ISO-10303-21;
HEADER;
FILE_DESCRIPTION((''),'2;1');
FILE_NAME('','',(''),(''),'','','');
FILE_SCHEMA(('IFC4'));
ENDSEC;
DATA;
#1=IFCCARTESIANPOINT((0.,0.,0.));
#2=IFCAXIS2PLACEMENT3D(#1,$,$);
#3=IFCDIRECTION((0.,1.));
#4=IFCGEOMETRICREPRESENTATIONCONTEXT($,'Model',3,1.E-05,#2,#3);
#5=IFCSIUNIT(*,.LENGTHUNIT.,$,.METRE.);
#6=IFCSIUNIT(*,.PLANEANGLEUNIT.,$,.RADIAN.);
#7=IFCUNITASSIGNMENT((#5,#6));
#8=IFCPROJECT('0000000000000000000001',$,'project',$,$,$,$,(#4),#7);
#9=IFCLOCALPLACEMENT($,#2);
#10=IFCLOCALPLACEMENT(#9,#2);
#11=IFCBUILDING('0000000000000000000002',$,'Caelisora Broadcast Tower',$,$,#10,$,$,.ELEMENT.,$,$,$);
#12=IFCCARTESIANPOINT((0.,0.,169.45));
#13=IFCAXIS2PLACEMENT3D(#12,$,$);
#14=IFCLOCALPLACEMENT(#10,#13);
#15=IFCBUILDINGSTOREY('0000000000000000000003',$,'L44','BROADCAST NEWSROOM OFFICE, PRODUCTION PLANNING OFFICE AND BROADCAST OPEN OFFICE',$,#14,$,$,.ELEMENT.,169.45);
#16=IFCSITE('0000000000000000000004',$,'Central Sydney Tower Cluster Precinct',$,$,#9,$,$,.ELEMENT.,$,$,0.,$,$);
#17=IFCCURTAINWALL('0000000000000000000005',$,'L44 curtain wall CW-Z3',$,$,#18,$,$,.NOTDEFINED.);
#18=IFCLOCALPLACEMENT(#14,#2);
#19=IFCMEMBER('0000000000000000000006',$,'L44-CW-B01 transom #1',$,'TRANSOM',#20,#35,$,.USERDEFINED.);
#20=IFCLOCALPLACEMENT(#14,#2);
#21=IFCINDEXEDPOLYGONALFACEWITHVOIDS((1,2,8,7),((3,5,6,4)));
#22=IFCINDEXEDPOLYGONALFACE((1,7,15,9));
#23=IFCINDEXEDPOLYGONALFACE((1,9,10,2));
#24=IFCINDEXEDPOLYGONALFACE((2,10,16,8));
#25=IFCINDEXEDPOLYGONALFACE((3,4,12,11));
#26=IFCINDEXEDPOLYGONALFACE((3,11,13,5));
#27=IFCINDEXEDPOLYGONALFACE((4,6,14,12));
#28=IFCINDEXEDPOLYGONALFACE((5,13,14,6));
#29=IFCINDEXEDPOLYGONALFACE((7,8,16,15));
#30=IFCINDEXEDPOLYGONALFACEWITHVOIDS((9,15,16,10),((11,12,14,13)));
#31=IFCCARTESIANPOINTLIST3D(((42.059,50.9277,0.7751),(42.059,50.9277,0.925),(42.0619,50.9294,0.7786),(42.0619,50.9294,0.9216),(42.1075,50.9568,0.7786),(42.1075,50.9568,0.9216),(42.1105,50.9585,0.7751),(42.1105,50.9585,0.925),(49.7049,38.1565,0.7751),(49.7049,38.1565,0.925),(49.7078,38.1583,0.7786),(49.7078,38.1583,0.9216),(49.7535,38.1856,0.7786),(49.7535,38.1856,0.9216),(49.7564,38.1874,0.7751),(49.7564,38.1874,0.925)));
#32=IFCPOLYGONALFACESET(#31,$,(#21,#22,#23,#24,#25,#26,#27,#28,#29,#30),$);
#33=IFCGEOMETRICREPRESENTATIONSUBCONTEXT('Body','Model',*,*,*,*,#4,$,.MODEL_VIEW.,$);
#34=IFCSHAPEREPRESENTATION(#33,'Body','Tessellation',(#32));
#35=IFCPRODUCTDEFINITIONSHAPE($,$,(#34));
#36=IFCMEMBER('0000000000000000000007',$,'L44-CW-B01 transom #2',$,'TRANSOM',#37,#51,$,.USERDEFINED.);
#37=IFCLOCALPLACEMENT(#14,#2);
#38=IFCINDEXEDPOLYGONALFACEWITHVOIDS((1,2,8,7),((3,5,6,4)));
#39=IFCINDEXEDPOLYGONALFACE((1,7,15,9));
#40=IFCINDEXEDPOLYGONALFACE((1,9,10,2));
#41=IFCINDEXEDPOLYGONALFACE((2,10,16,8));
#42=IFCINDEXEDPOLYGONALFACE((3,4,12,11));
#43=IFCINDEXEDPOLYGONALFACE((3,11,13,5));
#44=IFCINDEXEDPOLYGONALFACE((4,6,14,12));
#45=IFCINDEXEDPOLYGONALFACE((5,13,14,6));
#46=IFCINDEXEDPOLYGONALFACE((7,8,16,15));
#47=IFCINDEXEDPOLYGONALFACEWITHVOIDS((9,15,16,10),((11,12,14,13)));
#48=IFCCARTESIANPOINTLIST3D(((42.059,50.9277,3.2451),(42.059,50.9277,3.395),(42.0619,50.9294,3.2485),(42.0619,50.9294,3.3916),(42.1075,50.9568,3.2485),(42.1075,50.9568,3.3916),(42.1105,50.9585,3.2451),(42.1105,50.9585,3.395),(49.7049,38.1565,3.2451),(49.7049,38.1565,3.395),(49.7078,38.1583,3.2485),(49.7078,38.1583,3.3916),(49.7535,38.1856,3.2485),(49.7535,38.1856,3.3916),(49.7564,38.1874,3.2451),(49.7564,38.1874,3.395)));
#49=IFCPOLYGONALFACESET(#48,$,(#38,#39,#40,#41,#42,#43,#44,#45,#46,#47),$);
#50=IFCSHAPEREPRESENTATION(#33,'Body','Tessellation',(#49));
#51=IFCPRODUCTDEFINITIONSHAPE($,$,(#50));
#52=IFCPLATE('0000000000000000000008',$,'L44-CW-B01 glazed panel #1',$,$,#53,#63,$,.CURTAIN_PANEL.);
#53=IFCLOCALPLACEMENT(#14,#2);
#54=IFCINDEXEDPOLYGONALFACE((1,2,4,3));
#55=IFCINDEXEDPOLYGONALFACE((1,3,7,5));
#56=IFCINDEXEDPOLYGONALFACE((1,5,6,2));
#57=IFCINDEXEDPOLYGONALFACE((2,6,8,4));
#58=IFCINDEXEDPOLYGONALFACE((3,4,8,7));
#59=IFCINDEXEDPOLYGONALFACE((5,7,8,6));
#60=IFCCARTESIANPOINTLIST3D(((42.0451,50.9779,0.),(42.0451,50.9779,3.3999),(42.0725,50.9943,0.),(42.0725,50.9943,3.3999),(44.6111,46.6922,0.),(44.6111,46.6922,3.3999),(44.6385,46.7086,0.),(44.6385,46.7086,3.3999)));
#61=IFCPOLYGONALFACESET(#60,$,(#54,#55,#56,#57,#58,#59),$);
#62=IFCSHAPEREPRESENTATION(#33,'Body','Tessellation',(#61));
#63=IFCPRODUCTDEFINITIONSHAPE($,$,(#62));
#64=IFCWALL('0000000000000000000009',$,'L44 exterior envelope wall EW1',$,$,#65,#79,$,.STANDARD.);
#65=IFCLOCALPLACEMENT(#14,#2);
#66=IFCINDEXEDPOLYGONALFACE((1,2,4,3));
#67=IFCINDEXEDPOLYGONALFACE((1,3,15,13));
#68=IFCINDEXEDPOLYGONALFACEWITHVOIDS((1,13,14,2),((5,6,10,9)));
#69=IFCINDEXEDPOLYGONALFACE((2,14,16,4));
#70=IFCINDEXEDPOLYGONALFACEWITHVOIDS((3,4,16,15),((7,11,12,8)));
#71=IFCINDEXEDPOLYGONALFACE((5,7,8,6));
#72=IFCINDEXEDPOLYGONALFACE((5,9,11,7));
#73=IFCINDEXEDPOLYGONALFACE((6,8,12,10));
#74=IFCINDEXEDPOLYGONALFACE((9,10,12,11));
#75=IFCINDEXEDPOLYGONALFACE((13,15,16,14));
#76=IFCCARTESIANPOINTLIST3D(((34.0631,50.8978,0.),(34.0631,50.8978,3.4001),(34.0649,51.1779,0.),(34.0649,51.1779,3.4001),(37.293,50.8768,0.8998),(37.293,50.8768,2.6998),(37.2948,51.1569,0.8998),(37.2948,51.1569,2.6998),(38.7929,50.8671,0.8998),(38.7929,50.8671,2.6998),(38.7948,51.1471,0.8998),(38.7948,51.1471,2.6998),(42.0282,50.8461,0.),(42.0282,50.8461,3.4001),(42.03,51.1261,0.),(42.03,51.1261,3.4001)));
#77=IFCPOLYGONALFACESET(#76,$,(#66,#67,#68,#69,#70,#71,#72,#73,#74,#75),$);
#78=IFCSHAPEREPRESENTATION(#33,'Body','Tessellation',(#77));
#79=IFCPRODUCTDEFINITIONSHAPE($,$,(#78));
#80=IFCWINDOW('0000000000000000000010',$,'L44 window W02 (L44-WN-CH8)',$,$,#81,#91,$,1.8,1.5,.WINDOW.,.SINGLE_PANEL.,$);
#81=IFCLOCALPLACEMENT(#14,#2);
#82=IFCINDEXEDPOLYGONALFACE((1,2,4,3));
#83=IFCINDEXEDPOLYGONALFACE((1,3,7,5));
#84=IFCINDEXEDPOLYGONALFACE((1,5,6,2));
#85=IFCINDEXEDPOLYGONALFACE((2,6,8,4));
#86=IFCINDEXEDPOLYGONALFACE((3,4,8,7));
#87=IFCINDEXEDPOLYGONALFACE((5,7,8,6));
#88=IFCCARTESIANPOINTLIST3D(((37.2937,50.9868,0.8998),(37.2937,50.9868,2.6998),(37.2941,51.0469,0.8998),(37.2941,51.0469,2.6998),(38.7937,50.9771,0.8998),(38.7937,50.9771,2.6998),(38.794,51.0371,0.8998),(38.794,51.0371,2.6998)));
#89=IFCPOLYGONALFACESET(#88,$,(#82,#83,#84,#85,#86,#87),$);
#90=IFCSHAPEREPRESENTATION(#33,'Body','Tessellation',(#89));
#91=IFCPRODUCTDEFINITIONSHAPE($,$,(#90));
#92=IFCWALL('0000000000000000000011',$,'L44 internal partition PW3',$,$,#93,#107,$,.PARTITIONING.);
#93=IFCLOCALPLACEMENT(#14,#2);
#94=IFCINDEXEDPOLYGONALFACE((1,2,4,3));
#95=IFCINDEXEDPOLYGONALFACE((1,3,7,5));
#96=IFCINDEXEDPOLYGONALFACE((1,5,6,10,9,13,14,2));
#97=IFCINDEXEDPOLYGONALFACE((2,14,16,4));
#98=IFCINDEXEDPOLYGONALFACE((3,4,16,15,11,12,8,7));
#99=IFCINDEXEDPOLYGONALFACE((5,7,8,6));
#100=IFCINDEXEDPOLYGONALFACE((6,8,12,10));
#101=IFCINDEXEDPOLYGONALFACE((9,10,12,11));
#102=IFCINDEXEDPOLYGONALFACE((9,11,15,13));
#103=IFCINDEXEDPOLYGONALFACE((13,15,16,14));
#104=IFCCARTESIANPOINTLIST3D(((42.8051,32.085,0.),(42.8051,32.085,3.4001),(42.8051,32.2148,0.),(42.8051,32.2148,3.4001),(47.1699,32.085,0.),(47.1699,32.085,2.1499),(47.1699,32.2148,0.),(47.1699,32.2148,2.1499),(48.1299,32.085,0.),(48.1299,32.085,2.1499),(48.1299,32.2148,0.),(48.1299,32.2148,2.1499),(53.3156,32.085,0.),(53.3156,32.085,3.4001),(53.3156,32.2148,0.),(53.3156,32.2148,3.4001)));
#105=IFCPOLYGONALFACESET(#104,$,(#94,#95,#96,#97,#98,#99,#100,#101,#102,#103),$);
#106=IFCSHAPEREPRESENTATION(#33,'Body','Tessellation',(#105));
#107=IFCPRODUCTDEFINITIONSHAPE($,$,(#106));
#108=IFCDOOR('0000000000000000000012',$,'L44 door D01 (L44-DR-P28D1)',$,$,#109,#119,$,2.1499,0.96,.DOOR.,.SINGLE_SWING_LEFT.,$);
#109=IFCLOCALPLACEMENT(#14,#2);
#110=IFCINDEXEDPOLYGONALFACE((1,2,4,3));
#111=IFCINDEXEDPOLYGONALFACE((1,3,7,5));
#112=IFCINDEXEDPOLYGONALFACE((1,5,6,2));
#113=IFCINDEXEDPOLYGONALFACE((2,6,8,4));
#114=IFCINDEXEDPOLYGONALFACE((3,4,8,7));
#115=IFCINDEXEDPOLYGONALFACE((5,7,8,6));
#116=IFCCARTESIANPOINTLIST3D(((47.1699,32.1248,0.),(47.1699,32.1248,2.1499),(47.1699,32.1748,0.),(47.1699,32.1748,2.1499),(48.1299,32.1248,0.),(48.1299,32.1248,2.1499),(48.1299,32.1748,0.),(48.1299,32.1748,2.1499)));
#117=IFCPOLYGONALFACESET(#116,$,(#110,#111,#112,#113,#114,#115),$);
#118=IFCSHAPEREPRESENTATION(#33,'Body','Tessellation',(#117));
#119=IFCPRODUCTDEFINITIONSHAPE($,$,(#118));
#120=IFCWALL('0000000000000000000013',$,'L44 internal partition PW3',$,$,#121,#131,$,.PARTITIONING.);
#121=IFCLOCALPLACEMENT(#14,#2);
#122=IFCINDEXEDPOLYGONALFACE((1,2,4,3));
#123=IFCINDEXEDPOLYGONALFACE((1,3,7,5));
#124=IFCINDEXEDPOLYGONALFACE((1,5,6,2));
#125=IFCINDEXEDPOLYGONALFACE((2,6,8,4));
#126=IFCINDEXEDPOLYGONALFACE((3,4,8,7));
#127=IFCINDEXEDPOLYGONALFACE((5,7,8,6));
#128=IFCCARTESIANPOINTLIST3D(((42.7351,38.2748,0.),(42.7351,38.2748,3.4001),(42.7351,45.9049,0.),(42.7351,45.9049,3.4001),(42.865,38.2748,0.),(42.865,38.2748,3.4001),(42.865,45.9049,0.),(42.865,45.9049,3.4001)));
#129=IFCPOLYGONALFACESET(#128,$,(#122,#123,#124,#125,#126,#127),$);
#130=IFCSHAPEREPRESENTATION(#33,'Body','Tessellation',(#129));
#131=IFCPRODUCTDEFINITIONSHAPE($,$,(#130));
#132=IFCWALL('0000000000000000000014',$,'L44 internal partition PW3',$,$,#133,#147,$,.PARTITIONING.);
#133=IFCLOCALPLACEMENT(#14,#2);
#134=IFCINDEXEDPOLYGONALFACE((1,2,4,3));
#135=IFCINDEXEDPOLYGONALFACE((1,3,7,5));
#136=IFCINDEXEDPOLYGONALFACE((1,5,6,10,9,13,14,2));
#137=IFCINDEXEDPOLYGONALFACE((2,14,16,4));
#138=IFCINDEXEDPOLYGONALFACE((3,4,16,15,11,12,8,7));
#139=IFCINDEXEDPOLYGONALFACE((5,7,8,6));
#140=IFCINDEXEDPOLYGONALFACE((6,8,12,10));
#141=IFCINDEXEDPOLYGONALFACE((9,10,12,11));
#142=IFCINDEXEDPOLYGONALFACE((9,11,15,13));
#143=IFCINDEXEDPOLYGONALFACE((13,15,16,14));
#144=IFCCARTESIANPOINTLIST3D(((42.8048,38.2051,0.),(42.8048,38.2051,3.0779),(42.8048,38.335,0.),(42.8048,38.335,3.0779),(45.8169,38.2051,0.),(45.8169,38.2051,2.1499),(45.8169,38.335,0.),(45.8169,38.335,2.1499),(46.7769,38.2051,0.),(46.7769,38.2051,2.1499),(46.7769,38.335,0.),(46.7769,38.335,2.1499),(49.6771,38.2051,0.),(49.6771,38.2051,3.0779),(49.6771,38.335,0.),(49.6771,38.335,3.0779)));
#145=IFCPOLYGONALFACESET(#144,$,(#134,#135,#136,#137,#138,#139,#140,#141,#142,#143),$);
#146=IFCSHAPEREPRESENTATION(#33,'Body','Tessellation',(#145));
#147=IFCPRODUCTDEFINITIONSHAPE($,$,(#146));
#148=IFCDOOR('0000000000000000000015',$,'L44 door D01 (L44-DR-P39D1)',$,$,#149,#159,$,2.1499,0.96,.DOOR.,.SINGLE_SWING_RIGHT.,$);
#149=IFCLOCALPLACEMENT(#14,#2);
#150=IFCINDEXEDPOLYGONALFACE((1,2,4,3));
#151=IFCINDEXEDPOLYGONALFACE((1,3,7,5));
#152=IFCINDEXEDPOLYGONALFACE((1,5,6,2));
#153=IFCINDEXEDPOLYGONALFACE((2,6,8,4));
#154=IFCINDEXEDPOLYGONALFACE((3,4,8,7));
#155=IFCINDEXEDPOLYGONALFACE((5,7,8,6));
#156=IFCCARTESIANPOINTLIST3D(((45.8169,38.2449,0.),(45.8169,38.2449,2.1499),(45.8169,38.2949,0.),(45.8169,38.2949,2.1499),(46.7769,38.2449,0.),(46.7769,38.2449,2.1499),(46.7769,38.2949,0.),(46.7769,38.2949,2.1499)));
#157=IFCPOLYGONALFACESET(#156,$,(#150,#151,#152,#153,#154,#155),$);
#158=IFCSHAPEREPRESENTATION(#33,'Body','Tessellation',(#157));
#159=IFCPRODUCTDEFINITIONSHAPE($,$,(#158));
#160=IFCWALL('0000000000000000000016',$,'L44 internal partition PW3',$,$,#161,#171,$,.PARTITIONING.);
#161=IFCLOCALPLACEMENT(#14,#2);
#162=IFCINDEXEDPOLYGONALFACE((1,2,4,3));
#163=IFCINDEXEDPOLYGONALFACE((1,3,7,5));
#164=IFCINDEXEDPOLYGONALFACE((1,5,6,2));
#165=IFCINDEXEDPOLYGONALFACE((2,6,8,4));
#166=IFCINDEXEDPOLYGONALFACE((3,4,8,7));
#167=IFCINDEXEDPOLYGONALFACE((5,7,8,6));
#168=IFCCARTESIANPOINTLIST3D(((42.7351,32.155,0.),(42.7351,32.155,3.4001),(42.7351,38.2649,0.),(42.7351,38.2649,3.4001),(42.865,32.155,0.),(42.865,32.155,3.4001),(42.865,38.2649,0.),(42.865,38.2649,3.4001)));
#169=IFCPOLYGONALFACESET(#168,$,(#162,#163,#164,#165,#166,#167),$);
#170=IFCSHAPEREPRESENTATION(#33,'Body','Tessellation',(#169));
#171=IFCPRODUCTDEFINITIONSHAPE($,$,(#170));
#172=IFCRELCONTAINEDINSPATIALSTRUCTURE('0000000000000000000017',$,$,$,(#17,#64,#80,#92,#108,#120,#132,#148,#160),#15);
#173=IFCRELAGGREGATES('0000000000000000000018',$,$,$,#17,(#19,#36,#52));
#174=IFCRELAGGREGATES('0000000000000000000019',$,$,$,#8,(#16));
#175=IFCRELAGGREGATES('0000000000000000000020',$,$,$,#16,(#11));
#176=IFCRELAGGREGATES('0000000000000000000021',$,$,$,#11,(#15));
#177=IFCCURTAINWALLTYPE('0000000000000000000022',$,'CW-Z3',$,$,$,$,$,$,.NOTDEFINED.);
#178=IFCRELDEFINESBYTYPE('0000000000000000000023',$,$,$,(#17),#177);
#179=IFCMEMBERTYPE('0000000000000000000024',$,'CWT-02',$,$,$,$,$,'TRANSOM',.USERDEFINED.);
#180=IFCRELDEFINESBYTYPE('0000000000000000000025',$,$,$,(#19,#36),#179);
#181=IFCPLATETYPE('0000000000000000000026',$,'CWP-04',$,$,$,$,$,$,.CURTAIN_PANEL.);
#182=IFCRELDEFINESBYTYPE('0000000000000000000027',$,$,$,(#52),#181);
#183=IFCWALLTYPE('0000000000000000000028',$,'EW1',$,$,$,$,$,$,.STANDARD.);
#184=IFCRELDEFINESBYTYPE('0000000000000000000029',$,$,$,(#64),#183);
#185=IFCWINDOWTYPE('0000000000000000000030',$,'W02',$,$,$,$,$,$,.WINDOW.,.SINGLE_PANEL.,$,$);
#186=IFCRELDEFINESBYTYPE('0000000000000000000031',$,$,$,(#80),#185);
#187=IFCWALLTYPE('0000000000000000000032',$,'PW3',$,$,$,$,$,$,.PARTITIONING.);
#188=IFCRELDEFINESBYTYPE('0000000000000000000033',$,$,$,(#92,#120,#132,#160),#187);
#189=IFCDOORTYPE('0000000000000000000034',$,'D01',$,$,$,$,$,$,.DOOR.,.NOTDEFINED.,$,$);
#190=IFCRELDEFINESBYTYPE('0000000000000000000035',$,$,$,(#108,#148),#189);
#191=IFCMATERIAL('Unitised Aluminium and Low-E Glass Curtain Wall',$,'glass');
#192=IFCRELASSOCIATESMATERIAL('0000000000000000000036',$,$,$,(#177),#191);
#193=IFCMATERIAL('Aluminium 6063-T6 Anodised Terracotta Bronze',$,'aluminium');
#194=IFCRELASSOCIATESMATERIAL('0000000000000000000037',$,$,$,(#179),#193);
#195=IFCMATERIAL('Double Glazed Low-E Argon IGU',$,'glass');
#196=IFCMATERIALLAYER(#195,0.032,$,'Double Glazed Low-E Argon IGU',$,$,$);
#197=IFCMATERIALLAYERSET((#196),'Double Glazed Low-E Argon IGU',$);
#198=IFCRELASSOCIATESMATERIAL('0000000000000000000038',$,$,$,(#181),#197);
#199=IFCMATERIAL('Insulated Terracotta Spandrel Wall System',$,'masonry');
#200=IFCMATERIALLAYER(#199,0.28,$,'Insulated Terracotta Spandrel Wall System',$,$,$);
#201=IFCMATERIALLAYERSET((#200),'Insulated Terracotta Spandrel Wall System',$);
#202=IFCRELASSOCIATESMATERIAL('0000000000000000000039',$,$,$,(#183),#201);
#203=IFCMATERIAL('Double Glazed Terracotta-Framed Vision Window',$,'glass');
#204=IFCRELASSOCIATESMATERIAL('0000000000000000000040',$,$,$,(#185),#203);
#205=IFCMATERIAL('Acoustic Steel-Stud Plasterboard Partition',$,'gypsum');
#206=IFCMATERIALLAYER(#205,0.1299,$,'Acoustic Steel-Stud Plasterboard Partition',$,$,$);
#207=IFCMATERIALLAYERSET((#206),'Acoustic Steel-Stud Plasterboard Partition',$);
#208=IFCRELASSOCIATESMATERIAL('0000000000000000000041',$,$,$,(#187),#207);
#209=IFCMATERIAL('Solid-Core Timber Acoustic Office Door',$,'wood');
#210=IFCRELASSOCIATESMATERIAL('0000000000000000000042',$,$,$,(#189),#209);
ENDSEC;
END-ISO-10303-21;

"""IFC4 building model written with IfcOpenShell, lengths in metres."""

from ifc_helpers import new_model, si_unit, direction, frame, frame_2d, origin, origin_2d, place, context, subcontext, project, spatial, rectangle, hollow_rectangle, extrude, source, transform, mapped, material, layer, layer_set, material_profile, profile_set, type_object, type_shapes, element, fill, aggregate, save


model = new_model("IFC4")

# Units and contexts
model_context = context("Model", 3, precision=1e-05, world=origin(), true_north=direction((0.0, 1.0)))
body_context = subcontext(model_context, "Body", "Model", "MODEL_VIEW")
ifc_project = project(units=[si_unit("LENGTHUNIT", "METRE"), si_unit("PLANEANGLEUNIT", "RADIAN")], contexts=[model_context])

# Site, building, storey
site_placement = place(None, origin())
site = spatial("IfcSite", under=ifc_project, at=site_placement, Name="Central Sydney Tower Cluster Precinct", CompositionType="ELEMENT", RefElevation=0.0)
building_placement = place(site_placement, origin())
building = spatial("IfcBuilding", under=site, at=building_placement, Name="Caelisora Broadcast Tower", CompositionType="ELEMENT")
storey_placement = place(building_placement, frame((0.0, 0.0, 169.45)))
storey = spatial("IfcBuildingStorey", under=building, at=storey_placement, Name="L44", Description="BROADCAST NEWSROOM OFFICE, PRODUCTION PLANNING OFFICE AND BROADCAST OPEN OFFICE", CompositionType="ELEMENT", Elevation=169.45)

# Curtain wall, members, plate
ifc_material_1 = material(Name="Unitised Aluminium and Low-E Glass Curtain Wall", Category="glass")
curtain_wall_type = type_object("IfcCurtainWallType", Name="CW-Z3", PredefinedType="NOTDEFINED", material=ifc_material_1)
curtain_wall_placement = place(storey_placement, origin())
curtain_wall = element("IfcCurtainWall", 1, at=curtain_wall_placement, inside=storey, type_object=curtain_wall_type, Name="L44 curtain wall CW-Z3", PredefinedType="NOTDEFINED")
ifc_material_2 = material(Name="Aluminium 6063-T6 Anodised Terracotta Bronze", Category="aluminium")
ifc_material_profile_1 = material_profile(ifc_material_2, hollow_rectangle(XDim=0.0601, YDim=0.1499, WallThickness=0.0034, at=origin_2d()), Name="Aluminium 6063-T6 Anodised Terracotta Bronze")
ifc_profile_set_1 = profile_set([ifc_material_profile_1], Name="Aluminium 6063-T6 Anodised Terracotta Bronze")
member_type_1 = type_object("IfcMemberType", Name="CWT-02", ElementType="TRANSOM", PredefinedType="USERDEFINED", material=ifc_profile_set_1)
shared_shape_1 = source(origin(), body_context, "Body", "SweptSolid", [
    extrude(hollow_rectangle(XDim=0.0601, YDim=0.1499, WallThickness=0.0034, at=origin_2d()), origin(), (0.0, 0.0, 1.0), 14.885),
])
type_shapes(member_type_1, [shared_shape_1])
member_1_placement = place(storey_placement, frame((42.0847, 50.9431, 0.8501), z_axis=(0.513668, -0.857989, 0.0), x_axis=(0.857989, 0.513668, 0.0)))
member_1 = element("IfcMember", 2, at=member_1_placement, type_object=member_type_1, Name="L44-CW-B01 transom #1", ObjectType="TRANSOM", PredefinedType="USERDEFINED", context=body_context, shape_type="MappedRepresentation", body=[
    mapped(shared_shape_1, transform((0.0, 0.0, 0.0), scale=1.0)),
])
member_2_placement = place(storey_placement, frame((42.0847, 50.9431, 3.3201), z_axis=(0.513668, -0.857989, 0.0), x_axis=(0.857989, 0.513668, 0.0)))
member_2 = element("IfcMember", 3, at=member_2_placement, type_object=member_type_1, Name="L44-CW-B01 transom #2", ObjectType="TRANSOM", PredefinedType="USERDEFINED", context=body_context, shape_type="MappedRepresentation", body=[
    mapped(shared_shape_1, transform((0.0, 0.0, 0.0), scale=1.0)),
])
ifc_material_3 = material(Name="Double Glazed Low-E Argon IGU", Category="glass")
ifc_layer_1 = layer(ifc_material_3, 0.032, Name="Double Glazed Low-E Argon IGU")
ifc_layer_set_1 = layer_set([ifc_layer_1], Name="Double Glazed Low-E Argon IGU")
plate_type = type_object("IfcPlateType", Name="CWP-04", PredefinedType="CURTAIN_PANEL", material=ifc_layer_set_1)
shared_shape_2 = source(origin(), body_context, "Body", "SweptSolid", [
    extrude(rectangle(XDim=4.9951, YDim=0.032, at=origin_2d()), origin(), (0.0, 0.0, 1.0), 3.3999),
])
type_shapes(plate_type, [shared_shape_2])
plate_placement = place(storey_placement, frame((43.3418, 48.8433, 0.0), z_axis=(0.0, 0.0, 1.0), x_axis=(0.513691, -0.857975, 0.0)))
plate = element("IfcPlate", 4, at=plate_placement, type_object=plate_type, Name="L44-CW-B01 glazed panel #1", PredefinedType="CURTAIN_PANEL", context=body_context, shape_type="MappedRepresentation", body=[
    mapped(shared_shape_2, transform((0.0, 0.0, 0.0), scale=1.0)),
])
aggregate(curtain_wall, [member_1, member_2, plate])

# Wall, opening, window
ifc_material_4 = material(Name="Insulated Terracotta Spandrel Wall System", Category="masonry")
ifc_layer_2 = layer(ifc_material_4, 0.28, Name="Insulated Terracotta Spandrel Wall System")
ifc_layer_set_2 = layer_set([ifc_layer_2], Name="Insulated Terracotta Spandrel Wall System")
wall_type_1 = type_object("IfcWallType", Name="EW1", PredefinedType="STANDARD", material=ifc_layer_set_2)
wall_1_placement = place(storey_placement, frame((34.064, 51.0378, 0.0), z_axis=(0.0, 0.0, 1.0), x_axis=(0.999979, -0.006498, 0.0)))
wall_1 = element("IfcWall", 5, at=wall_1_placement, inside=storey, type_object=wall_type_1, Name="L44 exterior envelope wall EW1", PredefinedType="STANDARD", context=body_context, shape_type="SweptSolid", body=[
    extrude(rectangle(XDim=7.9653, YDim=0.28, at=frame_2d((3.9827, 0.0))), origin(), (0.0, 0.0, 1.0), 3.4001),
])
opening_1_placement = place(wall_1_placement, frame((3.23, 0.0, 0.8999)))
opening_1 = element("IfcOpeningElement", 6, at=opening_1_placement, cuts=wall_1, PredefinedType="OPENING", context=body_context, shape_type="SweptSolid", body=[
    extrude(rectangle(XDim=1.5, YDim=1.8, at=frame_2d((0.75, 0.8999))), frame((0.0, 0.1521, 0.0), z_axis=(0.0, -1.0, 0.0), x_axis=(1.0, 0.0, 0.0)), (0.0, 0.0, 1.0), 0.304),
])
ifc_material_5 = material(Name="Double Glazed Terracotta-Framed Vision Window", Category="glass")
window_type = type_object("IfcWindowType", Name="W02", PartitioningType="SINGLE_PANEL", PredefinedType="WINDOW", material=ifc_material_5)
window_placement = place(opening_1_placement, origin())
window = element("IfcWindow", 7, at=window_placement, inside=storey, type_object=window_type, Name="L44 window W02 (L44-WN-CH8)", OverallHeight=1.8, OverallWidth=1.5, PartitioningType="SINGLE_PANEL", PredefinedType="WINDOW", context=body_context, shape_type="SweptSolid", body=[
    extrude(rectangle(XDim=1.5, YDim=1.8, at=frame_2d((0.75, 0.8999))), frame((0.0, 0.03, 0.0), z_axis=(0.0, -1.0, 0.0), x_axis=(1.0, 0.0, 0.0)), (0.0, 0.0, 1.0), 0.0601),
])
fill(opening_1, window)

# Wall, opening, door
ifc_material_6 = material(Name="Acoustic Steel-Stud Plasterboard Partition", Category="gypsum")
ifc_layer_3 = layer(ifc_material_6, 0.1299, Name="Acoustic Steel-Stud Plasterboard Partition")
ifc_layer_set_3 = layer_set([ifc_layer_3], Name="Acoustic Steel-Stud Plasterboard Partition")
wall_type_2 = type_object("IfcWallType", Name="PW3", PredefinedType="PARTITIONING", material=ifc_layer_set_3)
wall_2_placement = place(storey_placement, frame((42.8049, 32.1499, 0.0), z_axis=(0.0, 0.0, 1.0), x_axis=(1.0, 0.0, 0.0)))
wall_2 = element("IfcWall", 8, at=wall_2_placement, inside=storey, type_object=wall_type_2, Name="L44 internal partition PW3", PredefinedType="PARTITIONING", context=body_context, shape_type="SweptSolid", body=[
    extrude(rectangle(XDim=10.5105, YDim=0.1299, at=frame_2d((5.2554, 0.0))), origin(), (0.0, 0.0, 1.0), 3.4001),
])
opening_2_placement = place(wall_2_placement, frame((4.365, 0.0, 0.0)))
opening_2 = element("IfcOpeningElement", 9, at=opening_2_placement, cuts=wall_2, PredefinedType="OPENING", context=body_context, shape_type="SweptSolid", body=[
    extrude(rectangle(XDim=0.96, YDim=2.1499, at=frame_2d((0.48, 1.075))), frame((0.0, 0.0769, 0.0), z_axis=(0.0, -1.0, 0.0), x_axis=(1.0, 0.0, 0.0)), (0.0, 0.0, 1.0), 0.1538),
])
ifc_material_7 = material(Name="Solid-Core Timber Acoustic Office Door", Category="wood")
door_type_1 = type_object("IfcDoorType", Name="D01", OperationType="NOTDEFINED", PredefinedType="DOOR", material=ifc_material_7)
door_1_placement = place(opening_2_placement, origin())
door_1 = element("IfcDoor", 10, at=door_1_placement, inside=storey, type_object=door_type_1, Name="L44 door D01 (L44-DR-P28D1)", OperationType="SINGLE_SWING_LEFT", OverallHeight=2.1499, OverallWidth=0.96, PredefinedType="DOOR", context=body_context, shape_type="SweptSolid", body=[
    extrude(rectangle(XDim=0.96, YDim=2.1499, at=frame_2d((0.48, 1.075))), frame((0.0, 0.0249, 0.0), z_axis=(0.0, -1.0, 0.0), x_axis=(1.0, 0.0, 0.0)), (0.0, 0.0, 1.0), 0.05),
])
fill(opening_2, door_1)

# Wall
wall_3_placement = place(storey_placement, frame((42.8, 38.2749, 0.0), z_axis=(0.0, 0.0, 1.0), x_axis=(0.0, 1.0, 0.0)))
element("IfcWall", 11, at=wall_3_placement, inside=storey, type_object=wall_type_2, Name="L44 internal partition PW3", PredefinedType="PARTITIONING", context=body_context, shape_type="SweptSolid", body=[
    extrude(rectangle(XDim=7.6301, YDim=0.1299, at=frame_2d((3.8149, 0.0))), origin(), (0.0, 0.0, 1.0), 3.4001),
])

# Wall, opening, door
wall_4_placement = place(storey_placement, frame((42.8049, 38.27, 0.0), z_axis=(0.0, 0.0, 1.0), x_axis=(1.0, 0.0, 0.0)))
wall_4 = element("IfcWall", 12, at=wall_4_placement, inside=storey, type_object=wall_type_2, Name="L44 internal partition PW3", PredefinedType="PARTITIONING", context=body_context, shape_type="SweptSolid", body=[
    extrude(rectangle(XDim=6.8723, YDim=0.1299, at=frame_2d((3.436, 0.0))), origin(), (0.0, 0.0, 1.0), 3.0779),
])
opening_3_placement = place(wall_4_placement, frame((3.012, 0.0, 0.0)))
opening_3 = element("IfcOpeningElement", 13, at=opening_3_placement, cuts=wall_4, PredefinedType="OPENING", context=body_context, shape_type="SweptSolid", body=[
    extrude(rectangle(XDim=0.96, YDim=2.1499, at=frame_2d((0.48, 1.075))), frame((0.0, 0.0769, 0.0), z_axis=(0.0, -1.0, 0.0), x_axis=(1.0, 0.0, 0.0)), (0.0, 0.0, 1.0), 0.1538),
])
door_2_placement = place(opening_3_placement, origin())
door_2 = element("IfcDoor", 14, at=door_2_placement, inside=storey, type_object=door_type_1, Name="L44 door D01 (L44-DR-P39D1)", OperationType="SINGLE_SWING_RIGHT", OverallHeight=2.1499, OverallWidth=0.96, PredefinedType="DOOR", context=body_context, shape_type="SweptSolid", body=[
    extrude(rectangle(XDim=0.96, YDim=2.1499, at=frame_2d((0.48, 1.075))), frame((0.0, 0.0249, 0.0), z_axis=(0.0, -1.0, 0.0), x_axis=(1.0, 0.0, 0.0)), (0.0, 0.0, 1.0), 0.05),
])
fill(opening_3, door_2)

# Wall
wall_5_placement = place(storey_placement, frame((42.8, 32.155, 0.0), z_axis=(0.0, 0.0, 1.0), x_axis=(0.0, 1.0, 0.0)))
element("IfcWall", 15, at=wall_5_placement, inside=storey, type_object=wall_type_2, Name="L44 internal partition PW3", PredefinedType="PARTITIONING", context=body_context, shape_type="SweptSolid", body=[
    extrude(rectangle(XDim=6.1099, YDim=0.1299, at=frame_2d((3.0549, 0.0))), origin(), (0.0, 0.0, 1.0), 3.4001),
])

save(model, "model.ifc")
